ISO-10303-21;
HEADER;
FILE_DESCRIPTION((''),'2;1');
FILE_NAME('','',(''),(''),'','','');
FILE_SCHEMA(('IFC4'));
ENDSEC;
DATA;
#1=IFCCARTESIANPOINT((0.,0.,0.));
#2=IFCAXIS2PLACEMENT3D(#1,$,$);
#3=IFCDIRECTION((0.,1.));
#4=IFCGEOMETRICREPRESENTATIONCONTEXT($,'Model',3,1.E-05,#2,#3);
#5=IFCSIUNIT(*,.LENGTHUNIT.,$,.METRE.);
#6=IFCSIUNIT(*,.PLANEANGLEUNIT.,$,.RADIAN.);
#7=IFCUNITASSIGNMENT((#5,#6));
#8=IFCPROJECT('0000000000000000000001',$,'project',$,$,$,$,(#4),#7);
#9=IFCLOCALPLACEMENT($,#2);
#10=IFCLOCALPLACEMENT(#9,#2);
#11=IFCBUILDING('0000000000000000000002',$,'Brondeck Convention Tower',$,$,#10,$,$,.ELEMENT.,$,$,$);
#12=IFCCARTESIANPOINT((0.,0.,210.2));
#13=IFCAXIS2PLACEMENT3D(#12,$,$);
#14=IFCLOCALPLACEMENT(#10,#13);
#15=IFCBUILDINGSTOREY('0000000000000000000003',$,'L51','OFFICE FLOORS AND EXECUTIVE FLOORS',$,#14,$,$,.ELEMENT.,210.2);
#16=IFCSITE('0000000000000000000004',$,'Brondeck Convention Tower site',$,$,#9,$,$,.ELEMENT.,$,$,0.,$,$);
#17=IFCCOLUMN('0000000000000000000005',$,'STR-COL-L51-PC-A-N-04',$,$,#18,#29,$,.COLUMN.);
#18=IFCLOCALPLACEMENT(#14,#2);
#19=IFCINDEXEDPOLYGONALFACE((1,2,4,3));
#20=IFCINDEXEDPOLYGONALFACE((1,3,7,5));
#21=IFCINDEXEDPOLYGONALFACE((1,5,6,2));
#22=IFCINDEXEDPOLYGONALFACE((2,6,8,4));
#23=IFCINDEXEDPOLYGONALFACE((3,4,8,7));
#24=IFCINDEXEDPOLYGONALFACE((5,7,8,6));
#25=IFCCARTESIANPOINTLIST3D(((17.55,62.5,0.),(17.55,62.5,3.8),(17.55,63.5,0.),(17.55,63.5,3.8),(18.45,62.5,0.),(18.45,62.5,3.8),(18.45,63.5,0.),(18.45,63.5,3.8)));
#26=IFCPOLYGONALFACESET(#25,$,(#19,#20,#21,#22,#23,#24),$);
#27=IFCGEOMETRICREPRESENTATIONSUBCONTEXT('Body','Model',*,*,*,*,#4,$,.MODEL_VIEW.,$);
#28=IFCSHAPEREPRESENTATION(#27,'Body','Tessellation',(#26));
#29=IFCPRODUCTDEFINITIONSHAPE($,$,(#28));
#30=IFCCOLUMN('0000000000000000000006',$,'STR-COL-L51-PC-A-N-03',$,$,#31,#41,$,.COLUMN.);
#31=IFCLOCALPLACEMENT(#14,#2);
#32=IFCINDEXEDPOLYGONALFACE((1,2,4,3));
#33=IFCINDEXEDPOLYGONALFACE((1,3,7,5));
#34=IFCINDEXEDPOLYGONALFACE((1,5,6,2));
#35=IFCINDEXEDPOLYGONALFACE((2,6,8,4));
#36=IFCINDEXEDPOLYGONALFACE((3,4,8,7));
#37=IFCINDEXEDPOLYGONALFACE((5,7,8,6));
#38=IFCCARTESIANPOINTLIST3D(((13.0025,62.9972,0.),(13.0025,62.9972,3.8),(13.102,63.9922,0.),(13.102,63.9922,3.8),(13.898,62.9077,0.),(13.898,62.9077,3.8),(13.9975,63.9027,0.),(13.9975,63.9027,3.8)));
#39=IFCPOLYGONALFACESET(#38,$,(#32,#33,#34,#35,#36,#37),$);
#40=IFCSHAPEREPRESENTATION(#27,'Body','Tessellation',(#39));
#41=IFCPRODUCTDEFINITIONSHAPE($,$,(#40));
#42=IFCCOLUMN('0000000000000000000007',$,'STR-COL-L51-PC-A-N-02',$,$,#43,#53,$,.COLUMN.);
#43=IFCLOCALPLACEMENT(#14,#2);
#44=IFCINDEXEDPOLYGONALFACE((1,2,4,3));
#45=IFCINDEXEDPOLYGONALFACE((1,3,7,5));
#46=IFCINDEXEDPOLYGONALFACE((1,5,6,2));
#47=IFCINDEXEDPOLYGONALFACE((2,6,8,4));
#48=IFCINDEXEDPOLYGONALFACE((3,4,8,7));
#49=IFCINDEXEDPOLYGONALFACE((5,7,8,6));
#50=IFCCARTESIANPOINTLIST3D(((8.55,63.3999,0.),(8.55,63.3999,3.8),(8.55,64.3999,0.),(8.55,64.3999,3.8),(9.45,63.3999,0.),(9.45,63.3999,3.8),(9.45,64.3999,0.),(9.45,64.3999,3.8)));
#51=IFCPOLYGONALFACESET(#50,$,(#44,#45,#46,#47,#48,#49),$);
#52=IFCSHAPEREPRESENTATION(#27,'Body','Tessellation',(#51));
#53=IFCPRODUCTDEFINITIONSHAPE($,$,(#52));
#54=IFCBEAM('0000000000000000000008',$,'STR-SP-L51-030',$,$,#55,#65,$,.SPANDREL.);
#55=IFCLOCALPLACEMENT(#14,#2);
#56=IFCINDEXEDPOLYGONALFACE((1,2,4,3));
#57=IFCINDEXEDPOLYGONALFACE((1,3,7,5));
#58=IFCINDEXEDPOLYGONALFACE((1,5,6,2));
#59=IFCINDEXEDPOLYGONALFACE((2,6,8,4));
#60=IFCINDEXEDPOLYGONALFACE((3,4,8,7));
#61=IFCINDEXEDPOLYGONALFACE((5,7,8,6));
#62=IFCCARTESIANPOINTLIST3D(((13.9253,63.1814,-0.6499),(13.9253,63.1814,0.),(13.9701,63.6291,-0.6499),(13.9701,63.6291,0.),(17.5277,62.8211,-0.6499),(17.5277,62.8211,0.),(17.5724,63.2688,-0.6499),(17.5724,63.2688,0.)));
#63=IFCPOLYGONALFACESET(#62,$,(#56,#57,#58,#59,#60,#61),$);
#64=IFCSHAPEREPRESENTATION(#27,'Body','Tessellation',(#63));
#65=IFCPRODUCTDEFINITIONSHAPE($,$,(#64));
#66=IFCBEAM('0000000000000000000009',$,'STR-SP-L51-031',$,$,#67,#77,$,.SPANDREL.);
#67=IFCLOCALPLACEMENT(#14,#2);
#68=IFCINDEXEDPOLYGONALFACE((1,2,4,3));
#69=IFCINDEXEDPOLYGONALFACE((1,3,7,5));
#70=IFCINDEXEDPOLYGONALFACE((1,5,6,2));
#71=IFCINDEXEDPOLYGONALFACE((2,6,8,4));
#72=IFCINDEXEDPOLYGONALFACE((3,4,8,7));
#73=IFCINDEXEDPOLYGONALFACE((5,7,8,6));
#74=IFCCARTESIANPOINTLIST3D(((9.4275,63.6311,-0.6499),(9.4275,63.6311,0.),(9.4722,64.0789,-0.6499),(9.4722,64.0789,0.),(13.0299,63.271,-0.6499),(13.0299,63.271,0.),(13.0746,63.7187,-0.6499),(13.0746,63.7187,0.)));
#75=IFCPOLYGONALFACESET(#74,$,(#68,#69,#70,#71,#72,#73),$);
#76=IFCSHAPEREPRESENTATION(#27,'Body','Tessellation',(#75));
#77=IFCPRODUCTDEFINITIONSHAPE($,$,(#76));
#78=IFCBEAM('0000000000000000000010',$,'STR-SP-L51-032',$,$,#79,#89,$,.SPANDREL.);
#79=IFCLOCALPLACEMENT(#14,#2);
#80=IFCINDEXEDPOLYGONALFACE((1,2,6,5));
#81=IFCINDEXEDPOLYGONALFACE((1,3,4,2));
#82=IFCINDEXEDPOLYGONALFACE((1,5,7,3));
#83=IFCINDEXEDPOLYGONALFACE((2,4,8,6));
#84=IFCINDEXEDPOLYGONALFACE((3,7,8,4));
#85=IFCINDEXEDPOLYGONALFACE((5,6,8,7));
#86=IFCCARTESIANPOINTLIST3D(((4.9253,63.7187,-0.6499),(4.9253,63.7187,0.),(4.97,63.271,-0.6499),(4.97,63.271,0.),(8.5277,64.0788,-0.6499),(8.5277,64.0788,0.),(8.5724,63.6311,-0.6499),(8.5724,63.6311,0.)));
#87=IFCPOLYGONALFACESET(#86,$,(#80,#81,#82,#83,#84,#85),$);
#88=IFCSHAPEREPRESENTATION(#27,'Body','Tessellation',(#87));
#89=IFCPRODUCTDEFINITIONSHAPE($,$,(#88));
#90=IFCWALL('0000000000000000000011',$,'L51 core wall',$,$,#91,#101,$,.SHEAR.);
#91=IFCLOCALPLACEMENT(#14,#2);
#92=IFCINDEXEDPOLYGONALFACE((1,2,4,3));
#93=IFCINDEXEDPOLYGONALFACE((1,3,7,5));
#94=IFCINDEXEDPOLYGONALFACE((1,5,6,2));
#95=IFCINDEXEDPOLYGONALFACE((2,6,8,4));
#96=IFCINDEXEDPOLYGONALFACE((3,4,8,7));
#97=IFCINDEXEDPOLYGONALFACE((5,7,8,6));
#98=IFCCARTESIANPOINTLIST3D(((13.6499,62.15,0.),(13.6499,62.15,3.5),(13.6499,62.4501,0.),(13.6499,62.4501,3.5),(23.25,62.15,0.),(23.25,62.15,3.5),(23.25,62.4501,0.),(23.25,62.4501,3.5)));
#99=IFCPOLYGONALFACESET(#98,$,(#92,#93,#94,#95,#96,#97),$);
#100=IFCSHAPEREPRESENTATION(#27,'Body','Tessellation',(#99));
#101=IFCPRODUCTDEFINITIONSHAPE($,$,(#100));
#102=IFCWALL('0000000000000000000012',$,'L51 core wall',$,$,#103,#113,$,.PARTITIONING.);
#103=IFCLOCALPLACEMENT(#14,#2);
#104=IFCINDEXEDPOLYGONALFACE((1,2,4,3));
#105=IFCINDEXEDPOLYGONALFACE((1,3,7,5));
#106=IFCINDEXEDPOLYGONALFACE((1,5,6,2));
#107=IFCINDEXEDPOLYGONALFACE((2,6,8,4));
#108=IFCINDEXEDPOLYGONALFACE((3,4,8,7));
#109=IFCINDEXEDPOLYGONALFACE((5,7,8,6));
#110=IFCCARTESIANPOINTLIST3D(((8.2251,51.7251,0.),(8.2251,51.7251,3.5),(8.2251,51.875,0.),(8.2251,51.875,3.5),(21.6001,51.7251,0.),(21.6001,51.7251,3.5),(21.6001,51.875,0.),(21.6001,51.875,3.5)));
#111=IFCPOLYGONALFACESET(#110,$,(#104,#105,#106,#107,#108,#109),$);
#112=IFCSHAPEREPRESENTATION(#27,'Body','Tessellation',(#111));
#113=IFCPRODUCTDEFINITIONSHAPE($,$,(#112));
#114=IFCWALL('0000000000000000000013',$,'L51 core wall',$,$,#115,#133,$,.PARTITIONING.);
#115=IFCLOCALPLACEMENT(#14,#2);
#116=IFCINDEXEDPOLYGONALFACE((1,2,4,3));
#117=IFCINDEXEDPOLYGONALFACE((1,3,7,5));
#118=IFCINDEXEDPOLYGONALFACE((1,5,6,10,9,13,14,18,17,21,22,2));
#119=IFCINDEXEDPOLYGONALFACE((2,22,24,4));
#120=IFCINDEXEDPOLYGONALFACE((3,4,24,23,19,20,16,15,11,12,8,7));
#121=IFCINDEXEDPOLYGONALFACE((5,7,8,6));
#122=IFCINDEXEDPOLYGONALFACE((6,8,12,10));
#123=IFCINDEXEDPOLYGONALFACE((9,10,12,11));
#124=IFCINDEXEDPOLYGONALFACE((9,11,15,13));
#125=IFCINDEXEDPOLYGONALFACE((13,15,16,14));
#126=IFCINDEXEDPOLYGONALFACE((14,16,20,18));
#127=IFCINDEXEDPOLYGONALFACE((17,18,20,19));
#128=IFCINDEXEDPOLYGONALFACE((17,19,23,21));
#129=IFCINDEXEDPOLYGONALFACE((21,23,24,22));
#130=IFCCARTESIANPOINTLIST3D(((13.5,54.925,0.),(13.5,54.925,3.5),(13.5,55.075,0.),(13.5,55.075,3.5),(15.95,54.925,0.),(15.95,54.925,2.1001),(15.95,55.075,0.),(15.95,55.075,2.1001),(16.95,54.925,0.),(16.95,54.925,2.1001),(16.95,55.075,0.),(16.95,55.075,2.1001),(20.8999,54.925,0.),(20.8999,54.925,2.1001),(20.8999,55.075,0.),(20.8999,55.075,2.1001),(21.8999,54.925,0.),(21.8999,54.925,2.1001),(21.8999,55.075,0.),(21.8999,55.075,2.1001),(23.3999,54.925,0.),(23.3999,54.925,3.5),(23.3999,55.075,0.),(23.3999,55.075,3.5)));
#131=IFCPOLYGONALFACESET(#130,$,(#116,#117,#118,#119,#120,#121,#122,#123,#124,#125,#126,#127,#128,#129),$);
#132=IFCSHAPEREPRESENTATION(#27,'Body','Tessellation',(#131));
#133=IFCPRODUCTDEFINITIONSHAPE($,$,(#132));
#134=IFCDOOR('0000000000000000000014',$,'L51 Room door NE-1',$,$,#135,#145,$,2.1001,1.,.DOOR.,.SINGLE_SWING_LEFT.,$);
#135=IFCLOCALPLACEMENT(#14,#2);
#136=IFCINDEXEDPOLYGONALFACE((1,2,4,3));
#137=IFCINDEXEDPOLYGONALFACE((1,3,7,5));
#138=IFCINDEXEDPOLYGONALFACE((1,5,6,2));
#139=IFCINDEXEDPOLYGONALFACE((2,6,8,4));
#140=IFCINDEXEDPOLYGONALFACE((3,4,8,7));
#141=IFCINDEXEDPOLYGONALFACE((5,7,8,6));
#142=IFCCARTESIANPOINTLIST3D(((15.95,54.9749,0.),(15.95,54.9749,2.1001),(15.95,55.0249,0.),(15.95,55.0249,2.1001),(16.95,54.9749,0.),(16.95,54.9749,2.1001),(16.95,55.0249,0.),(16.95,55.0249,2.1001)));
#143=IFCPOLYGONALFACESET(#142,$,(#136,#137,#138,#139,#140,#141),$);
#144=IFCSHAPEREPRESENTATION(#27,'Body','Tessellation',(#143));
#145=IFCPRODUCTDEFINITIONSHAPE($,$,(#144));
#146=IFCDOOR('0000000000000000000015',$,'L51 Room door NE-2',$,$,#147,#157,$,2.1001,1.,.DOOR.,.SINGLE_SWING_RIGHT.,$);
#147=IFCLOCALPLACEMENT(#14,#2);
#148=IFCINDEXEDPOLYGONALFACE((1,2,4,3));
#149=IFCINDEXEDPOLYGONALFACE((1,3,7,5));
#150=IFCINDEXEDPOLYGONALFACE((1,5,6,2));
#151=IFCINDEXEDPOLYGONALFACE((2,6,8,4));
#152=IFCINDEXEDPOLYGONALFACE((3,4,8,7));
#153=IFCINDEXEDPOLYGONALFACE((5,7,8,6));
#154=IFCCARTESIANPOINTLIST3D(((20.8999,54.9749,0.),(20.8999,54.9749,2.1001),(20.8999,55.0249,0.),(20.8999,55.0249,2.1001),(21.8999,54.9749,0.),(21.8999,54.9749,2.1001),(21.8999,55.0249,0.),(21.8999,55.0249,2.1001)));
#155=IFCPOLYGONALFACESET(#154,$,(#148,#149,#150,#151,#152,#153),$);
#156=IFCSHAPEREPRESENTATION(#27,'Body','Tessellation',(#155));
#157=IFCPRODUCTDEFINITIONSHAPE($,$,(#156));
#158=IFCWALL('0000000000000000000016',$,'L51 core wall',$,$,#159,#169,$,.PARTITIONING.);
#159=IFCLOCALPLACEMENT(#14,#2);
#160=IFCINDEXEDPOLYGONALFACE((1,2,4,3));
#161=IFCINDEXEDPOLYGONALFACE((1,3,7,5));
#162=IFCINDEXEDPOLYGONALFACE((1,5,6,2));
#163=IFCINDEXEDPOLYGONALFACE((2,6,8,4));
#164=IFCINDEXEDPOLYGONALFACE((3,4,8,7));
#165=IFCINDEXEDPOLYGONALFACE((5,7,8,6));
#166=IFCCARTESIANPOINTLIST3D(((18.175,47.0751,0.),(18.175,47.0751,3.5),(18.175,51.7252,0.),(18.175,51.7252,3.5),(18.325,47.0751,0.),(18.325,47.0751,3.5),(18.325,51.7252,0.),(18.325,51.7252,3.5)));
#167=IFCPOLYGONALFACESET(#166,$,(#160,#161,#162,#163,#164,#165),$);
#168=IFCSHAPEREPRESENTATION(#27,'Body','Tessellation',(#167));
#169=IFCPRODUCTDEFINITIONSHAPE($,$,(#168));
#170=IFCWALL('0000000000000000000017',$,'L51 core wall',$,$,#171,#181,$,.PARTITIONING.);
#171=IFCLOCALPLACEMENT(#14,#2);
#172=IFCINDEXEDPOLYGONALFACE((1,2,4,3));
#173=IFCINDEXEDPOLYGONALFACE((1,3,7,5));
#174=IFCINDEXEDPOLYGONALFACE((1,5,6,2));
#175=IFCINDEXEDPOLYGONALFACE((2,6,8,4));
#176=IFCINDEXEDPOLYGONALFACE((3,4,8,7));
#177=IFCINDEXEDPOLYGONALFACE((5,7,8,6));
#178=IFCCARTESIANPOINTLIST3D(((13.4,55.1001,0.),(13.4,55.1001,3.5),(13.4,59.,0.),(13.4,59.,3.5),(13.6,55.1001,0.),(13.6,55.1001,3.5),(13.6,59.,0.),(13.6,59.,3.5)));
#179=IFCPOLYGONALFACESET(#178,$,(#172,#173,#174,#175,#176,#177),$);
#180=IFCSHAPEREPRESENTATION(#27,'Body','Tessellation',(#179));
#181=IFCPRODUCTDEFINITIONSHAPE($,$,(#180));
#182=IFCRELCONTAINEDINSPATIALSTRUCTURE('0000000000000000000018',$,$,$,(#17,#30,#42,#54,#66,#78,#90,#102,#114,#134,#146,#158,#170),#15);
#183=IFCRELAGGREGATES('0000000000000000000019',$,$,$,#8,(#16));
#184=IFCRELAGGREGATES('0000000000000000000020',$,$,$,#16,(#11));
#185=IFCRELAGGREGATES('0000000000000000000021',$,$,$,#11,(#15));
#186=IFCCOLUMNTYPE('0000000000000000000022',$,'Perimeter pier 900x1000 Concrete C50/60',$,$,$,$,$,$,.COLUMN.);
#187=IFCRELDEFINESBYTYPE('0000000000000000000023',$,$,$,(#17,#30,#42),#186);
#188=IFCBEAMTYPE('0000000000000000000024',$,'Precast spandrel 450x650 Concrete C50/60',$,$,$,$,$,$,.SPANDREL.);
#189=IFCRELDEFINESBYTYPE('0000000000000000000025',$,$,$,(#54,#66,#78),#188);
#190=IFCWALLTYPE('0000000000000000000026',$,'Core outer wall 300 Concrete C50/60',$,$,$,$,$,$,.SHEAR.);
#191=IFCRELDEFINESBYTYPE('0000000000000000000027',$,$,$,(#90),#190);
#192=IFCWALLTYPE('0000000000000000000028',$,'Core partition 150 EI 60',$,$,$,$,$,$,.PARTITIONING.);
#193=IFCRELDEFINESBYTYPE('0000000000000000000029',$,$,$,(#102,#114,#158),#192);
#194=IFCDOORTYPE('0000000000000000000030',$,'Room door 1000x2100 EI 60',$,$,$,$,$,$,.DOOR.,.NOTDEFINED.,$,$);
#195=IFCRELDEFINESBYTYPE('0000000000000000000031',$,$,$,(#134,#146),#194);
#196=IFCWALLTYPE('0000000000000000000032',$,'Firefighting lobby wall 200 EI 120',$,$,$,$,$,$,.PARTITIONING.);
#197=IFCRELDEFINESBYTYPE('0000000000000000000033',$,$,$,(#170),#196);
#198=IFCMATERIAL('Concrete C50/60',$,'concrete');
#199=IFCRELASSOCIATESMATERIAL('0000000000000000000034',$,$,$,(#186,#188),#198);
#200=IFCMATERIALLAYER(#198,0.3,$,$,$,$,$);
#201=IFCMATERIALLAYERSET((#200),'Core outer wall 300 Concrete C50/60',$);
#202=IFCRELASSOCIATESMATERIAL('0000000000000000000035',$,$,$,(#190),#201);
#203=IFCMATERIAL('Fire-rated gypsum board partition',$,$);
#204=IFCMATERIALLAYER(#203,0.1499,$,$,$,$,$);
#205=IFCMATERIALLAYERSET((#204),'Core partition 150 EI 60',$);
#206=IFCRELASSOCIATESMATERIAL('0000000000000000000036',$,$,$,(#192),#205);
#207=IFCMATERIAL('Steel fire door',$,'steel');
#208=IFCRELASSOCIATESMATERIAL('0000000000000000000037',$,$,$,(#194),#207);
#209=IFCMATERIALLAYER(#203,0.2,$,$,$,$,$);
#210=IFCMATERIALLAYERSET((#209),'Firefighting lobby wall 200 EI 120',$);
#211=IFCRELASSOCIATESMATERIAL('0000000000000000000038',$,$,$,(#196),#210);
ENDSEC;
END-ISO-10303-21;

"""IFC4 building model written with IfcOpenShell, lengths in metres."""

from ifc_helpers import new_model, si_unit, direction, frame, frame_2d, origin, origin_2d, place, context, subcontext, project, spatial, rectangle, extrude, material, layer, layer_set, material_profile, profile_set, type_object, element, fill, save


model = new_model("IFC4")

# Units and contexts
model_context = context("Model", 3, precision=1e-05, world=origin(), true_north=direction((0.0, 1.0)))
body_context = subcontext(model_context, "Body", "Model", "MODEL_VIEW")
ifc_project = project(units=[si_unit("LENGTHUNIT", "METRE"), si_unit("PLANEANGLEUNIT", "RADIAN")], contexts=[model_context])

# Site, building, storey
site_placement = place(None, origin())
site = spatial("IfcSite", under=ifc_project, at=site_placement, Name="Brondeck Convention Tower site", CompositionType="ELEMENT", RefElevation=0.0)
building_placement = place(site_placement, origin())
building = spatial("IfcBuilding", under=site, at=building_placement, Name="Brondeck Convention Tower", CompositionType="ELEMENT")
storey_placement = place(building_placement, frame((0.0, 0.0, 210.2)))
storey = spatial("IfcBuildingStorey", under=building, at=storey_placement, Name="L51", Description="OFFICE FLOORS AND EXECUTIVE FLOORS", CompositionType="ELEMENT", Elevation=210.2)

# Columns
ifc_material_1 = material(Name="Concrete C50/60", Category="concrete")
ifc_material_profile_1 = material_profile(ifc_material_1, rectangle(XDim=0.8999, YDim=1.0, at=origin_2d()), Name="Perimeter pier 900x1000 Concrete C50/60")
ifc_profile_set_1 = profile_set([ifc_material_profile_1], Name="Concrete C50/60")
column_type = type_object("IfcColumnType", Name="Perimeter pier 900x1000 Concrete C50/60", PredefinedType="COLUMN", material=ifc_profile_set_1)
for number, where, z_axis, x_axis, name in (
    (1, (18.0, 63.0, 0.0), (0.0, 0.0, 1.0), (-1.0, 0.0, 0.0), "STR-COL-L51-PC-A-N-04"),
    (2, (13.5, 63.45, 0.0), (0.0, 0.0, 1.0), (-0.995037, 0.099504, 0.0), "STR-COL-L51-PC-A-N-03"),
    (3, (9.0, 63.8999, 0.0), (0.0, 0.0, 1.0), (-1.0, 0.0, 0.0), "STR-COL-L51-PC-A-N-02"),
):
    element("IfcColumn", number, at=place(storey_placement, frame(where, z_axis=z_axis, x_axis=x_axis)), inside=storey, type_object=column_type, Name=name, PredefinedType="COLUMN", context=body_context, shape_type="SweptSolid", body=[
        extrude(rectangle(XDim=0.8999, YDim=1.0, at=origin_2d()), origin(), (0.0, 0.0, 1.0), 3.8),
    ])

# Beams
ifc_material_profile_2 = material_profile(ifc_material_1, rectangle(XDim=0.45, YDim=0.6499, at=origin_2d()), Name="Precast spandrel 450x650 Concrete C50/60")
ifc_profile_set_2 = profile_set([ifc_material_profile_2], Name="Concrete C50/60")
beam_type = type_object("IfcBeamType", Name="Precast spandrel 450x650 Concrete C50/60", PredefinedType="SPANDREL", material=ifc_profile_set_2)
for number, where, z_axis, x_axis, name in (
    (4, (17.55, 63.0449, -0.325), (-0.995034, 0.099537, 0.0), (-0.099537, -0.995034, 0.0), "STR-SP-L51-030"),
    (5, (13.0522, 63.4949, -0.325), (-0.995041, 0.09947, 0.0), (-0.09947, -0.995041, 0.0), "STR-SP-L51-031"),
    (6, (8.55, 63.855, -0.325), (-0.995041, -0.09947, 0.0), (0.09947, -0.995041, 0.0), "STR-SP-L51-032"),
):
    element("IfcBeam", number, at=place(storey_placement, frame(where, z_axis=z_axis, x_axis=x_axis)), inside=storey, type_object=beam_type, Name=name, PredefinedType="SPANDREL", context=body_context, shape_type="SweptSolid", body=[
        extrude(rectangle(XDim=0.45, YDim=0.6499, at=origin_2d()), origin(), (0.0, 0.0, 1.0), 3.6204),
    ])

# Walls
ifc_layer_1 = layer(ifc_material_1, 0.3)
ifc_layer_set_1 = layer_set([ifc_layer_1], Name="Core outer wall 300 Concrete C50/60")
wall_type_1 = type_object("IfcWallType", Name="Core outer wall 300 Concrete C50/60", PredefinedType="SHEAR", material=ifc_layer_set_1)
wall_1_placement = place(storey_placement, frame((13.6499, 62.3, 0.0), z_axis=(0.0, 0.0, 1.0), x_axis=(1.0, 0.0, 0.0)))
element("IfcWall", 7, at=wall_1_placement, inside=storey, type_object=wall_type_1, Name="L51 core wall", PredefinedType="SHEAR", context=body_context, shape_type="SweptSolid", body=[
    extrude(rectangle(XDim=9.6001, YDim=0.3, at=frame_2d((4.8, 0.0))), origin(), (0.0, 0.0, 1.0), 3.5),
])
ifc_material_2 = material(Name="Fire-rated gypsum board partition")
ifc_layer_2 = layer(ifc_material_2, 0.1499)
ifc_layer_set_2 = layer_set([ifc_layer_2], Name="Core partition 150 EI 60")
wall_type_2 = type_object("IfcWallType", Name="Core partition 150 EI 60", PredefinedType="PARTITIONING", material=ifc_layer_set_2)
wall_2_placement = place(storey_placement, frame((8.2251, 51.8, 0.0), z_axis=(0.0, 0.0, 1.0), x_axis=(1.0, 0.0, 0.0)))
element("IfcWall", 8, at=wall_2_placement, inside=storey, type_object=wall_type_2, Name="L51 core wall", PredefinedType="PARTITIONING", context=body_context, shape_type="SweptSolid", body=[
    extrude(rectangle(XDim=13.375, YDim=0.1499, at=frame_2d((6.6875, 0.0))), origin(), (0.0, 0.0, 1.0), 3.5),
])

# Wall, openings, doors
wall_3_placement = place(storey_placement, frame((13.5, 55.0, 0.0), z_axis=(0.0, 0.0, 1.0), x_axis=(1.0, 0.0, 0.0)))
wall_3 = element("IfcWall", 9, at=wall_3_placement, inside=storey, type_object=wall_type_2, Name="L51 core wall", PredefinedType="PARTITIONING", context=body_context, shape_type="SweptSolid", body=[
    extrude(rectangle(XDim=9.8999, YDim=0.1499, at=frame_2d((4.95, 0.0))), origin(), (0.0, 0.0, 1.0), 3.5),
])
opening_1_placement = place(wall_3_placement, frame((2.45, 0.0, 0.0)))
opening_1 = element("IfcOpeningElement", 10, at=opening_1_placement, cuts=wall_3, PredefinedType="OPENING", context=body_context, shape_type="SweptSolid", body=[
    extrude(rectangle(XDim=1.0, YDim=2.1001, at=frame_2d((0.5, 1.05))), frame((0.0, 0.085, 0.0), z_axis=(0.0, -1.0, 0.0), x_axis=(1.0, 0.0, 0.0)), (0.0, 0.0, 1.0), 0.1699),
])
opening_2_placement = place(wall_3_placement, frame((7.3999, 0.0, 0.0)))
opening_2 = element("IfcOpeningElement", 11, at=opening_2_placement, cuts=wall_3, PredefinedType="OPENING", context=body_context, shape_type="SweptSolid", body=[
    extrude(rectangle(XDim=1.0, YDim=2.1001, at=frame_2d((0.5, 1.05))), frame((0.0, 0.085, 0.0), z_axis=(0.0, -1.0, 0.0), x_axis=(1.0, 0.0, 0.0)), (0.0, 0.0, 1.0), 0.1699),
])
ifc_material_3 = material(Name="Steel fire door", Category="steel")
door_type = type_object("IfcDoorType", Name="Room door 1000x2100 EI 60", OperationType="NOTDEFINED", PredefinedType="DOOR", material=ifc_material_3)
door_1_placement = place(opening_1_placement, origin())
door_1 = element("IfcDoor", 12, at=door_1_placement, inside=storey, type_object=door_type, Name="L51 Room door NE-1", OperationType="SINGLE_SWING_LEFT", OverallHeight=2.1001, OverallWidth=1.0, PredefinedType="DOOR", context=body_context, shape_type="SweptSolid", body=[
    extrude(rectangle(XDim=1.0, YDim=2.1001, at=frame_2d((0.5, 1.05))), frame((0.0, 0.0249, 0.0), z_axis=(0.0, -1.0, 0.0), x_axis=(1.0, 0.0, 0.0)), (0.0, 0.0, 1.0), 0.05),
])
fill(opening_1, door_1)
door_2_placement = place(opening_2_placement, origin())
door_2 = element("IfcDoor", 13, at=door_2_placement, inside=storey, type_object=door_type, Name="L51 Room door NE-2", OperationType="SINGLE_SWING_RIGHT", OverallHeight=2.1001, OverallWidth=1.0, PredefinedType="DOOR", context=body_context, shape_type="SweptSolid", body=[
    extrude(rectangle(XDim=1.0, YDim=2.1001, at=frame_2d((0.5, 1.05))), frame((0.0, 0.0249, 0.0), z_axis=(0.0, -1.0, 0.0), x_axis=(1.0, 0.0, 0.0)), (0.0, 0.0, 1.0), 0.05),
])
fill(opening_2, door_2)

# Walls
wall_4_placement = place(storey_placement, frame((18.25, 47.075, 0.0), z_axis=(0.0, 0.0, 1.0), x_axis=(0.0, 1.0, 0.0)))
element("IfcWall", 14, at=wall_4_placement, inside=storey, type_object=wall_type_2, Name="L51 core wall", PredefinedType="PARTITIONING", context=body_context, shape_type="SweptSolid", body=[
    extrude(rectangle(XDim=4.6501, YDim=0.1499, at=frame_2d((2.3252, 0.0))), origin(), (0.0, 0.0, 1.0), 3.5),
])
ifc_layer_3 = layer(ifc_material_2, 0.2)
ifc_layer_set_3 = layer_set([ifc_layer_3], Name="Firefighting lobby wall 200 EI 120")
wall_type_3 = type_object("IfcWallType", Name="Firefighting lobby wall 200 EI 120", PredefinedType="PARTITIONING", material=ifc_layer_set_3)
wall_5_placement = place(storey_placement, frame((13.5, 55.1001, 0.0), z_axis=(0.0, 0.0, 1.0), x_axis=(0.0, 1.0, 0.0)))
element("IfcWall", 15, at=wall_5_placement, inside=storey, type_object=wall_type_3, Name="L51 core wall", PredefinedType="PARTITIONING", context=body_context, shape_type="SweptSolid", body=[
    extrude(rectangle(XDim=3.8999, YDim=0.2, at=frame_2d((1.95, 0.0))), origin(), (0.0, 0.0, 1.0), 3.5),
])

save(model, "model.ifc")
